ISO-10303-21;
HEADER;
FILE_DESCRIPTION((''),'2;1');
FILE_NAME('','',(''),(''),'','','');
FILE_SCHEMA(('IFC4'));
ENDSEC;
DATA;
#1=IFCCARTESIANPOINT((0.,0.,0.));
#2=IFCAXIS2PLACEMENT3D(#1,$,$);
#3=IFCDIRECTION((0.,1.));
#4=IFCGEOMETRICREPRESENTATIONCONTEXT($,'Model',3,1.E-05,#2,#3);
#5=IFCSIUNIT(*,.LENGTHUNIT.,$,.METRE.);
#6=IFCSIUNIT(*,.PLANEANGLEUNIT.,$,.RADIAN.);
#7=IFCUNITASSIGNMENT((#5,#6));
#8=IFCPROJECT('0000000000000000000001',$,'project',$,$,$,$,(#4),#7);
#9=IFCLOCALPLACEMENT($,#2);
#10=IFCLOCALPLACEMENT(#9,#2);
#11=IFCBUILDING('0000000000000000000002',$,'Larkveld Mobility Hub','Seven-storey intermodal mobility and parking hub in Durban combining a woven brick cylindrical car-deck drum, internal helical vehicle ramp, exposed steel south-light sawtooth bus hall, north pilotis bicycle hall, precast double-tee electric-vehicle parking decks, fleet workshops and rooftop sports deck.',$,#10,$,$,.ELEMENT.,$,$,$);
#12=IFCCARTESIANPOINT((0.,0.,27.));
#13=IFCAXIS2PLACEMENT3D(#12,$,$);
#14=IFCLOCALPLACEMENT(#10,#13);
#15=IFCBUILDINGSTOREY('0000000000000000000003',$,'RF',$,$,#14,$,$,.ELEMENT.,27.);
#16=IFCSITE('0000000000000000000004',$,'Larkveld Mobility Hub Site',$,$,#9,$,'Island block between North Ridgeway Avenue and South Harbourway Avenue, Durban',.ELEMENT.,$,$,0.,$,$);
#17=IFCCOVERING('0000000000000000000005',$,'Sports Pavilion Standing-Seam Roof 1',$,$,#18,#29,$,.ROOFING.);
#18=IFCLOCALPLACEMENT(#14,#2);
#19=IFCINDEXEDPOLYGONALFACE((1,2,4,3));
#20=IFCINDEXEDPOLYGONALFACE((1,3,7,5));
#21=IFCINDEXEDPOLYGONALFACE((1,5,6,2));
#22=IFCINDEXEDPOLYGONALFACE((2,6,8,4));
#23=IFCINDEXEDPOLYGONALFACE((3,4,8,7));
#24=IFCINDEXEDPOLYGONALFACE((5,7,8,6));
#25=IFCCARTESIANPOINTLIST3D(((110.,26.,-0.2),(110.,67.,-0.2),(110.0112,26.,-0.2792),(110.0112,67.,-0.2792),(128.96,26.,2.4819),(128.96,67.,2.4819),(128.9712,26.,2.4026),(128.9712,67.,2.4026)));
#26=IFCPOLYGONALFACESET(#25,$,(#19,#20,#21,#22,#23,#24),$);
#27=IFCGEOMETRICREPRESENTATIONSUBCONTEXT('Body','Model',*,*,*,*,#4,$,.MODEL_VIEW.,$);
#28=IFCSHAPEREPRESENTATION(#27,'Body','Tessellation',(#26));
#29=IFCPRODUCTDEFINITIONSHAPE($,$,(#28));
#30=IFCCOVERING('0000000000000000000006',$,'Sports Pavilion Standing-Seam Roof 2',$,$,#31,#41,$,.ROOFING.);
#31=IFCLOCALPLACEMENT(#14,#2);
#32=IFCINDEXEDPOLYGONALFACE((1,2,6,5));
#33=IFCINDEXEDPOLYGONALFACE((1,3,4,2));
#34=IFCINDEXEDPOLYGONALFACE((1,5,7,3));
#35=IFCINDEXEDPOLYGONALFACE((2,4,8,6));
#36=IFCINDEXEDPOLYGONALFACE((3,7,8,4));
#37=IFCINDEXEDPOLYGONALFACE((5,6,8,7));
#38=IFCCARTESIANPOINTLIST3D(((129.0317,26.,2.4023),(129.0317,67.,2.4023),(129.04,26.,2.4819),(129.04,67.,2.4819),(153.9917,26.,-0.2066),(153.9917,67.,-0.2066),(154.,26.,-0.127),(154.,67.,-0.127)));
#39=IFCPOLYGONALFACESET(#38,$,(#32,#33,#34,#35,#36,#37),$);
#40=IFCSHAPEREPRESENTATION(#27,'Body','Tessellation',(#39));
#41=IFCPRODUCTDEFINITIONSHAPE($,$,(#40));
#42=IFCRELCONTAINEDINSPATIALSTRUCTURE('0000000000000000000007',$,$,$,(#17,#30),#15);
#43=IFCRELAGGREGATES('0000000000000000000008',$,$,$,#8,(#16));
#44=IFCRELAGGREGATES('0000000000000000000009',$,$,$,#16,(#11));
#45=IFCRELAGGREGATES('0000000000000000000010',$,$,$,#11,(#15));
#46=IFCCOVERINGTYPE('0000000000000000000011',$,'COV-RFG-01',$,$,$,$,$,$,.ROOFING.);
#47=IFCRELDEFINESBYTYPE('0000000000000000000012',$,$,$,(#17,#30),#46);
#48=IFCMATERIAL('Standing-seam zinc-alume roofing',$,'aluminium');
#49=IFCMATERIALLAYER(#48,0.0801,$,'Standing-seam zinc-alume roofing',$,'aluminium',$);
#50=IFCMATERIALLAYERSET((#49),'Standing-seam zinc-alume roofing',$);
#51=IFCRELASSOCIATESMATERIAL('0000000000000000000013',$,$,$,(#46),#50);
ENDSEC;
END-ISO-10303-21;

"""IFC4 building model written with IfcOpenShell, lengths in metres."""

from ifc_helpers import new_model, si_unit, direction, frame, origin, place, context, subcontext, project, spatial, polyline, outline, extrude, material, layer, layer_set, type_object, element, save


model = new_model("IFC4")

# Units and contexts
model_context = context("Model", 3, precision=1e-05, world=origin(), true_north=direction((0.0, 1.0)))
body_context = subcontext(model_context, "Body", "Model", "MODEL_VIEW")
ifc_project = project(units=[si_unit("LENGTHUNIT", "METRE"), si_unit("PLANEANGLEUNIT", "RADIAN")], contexts=[model_context])

# Site, building, storey
site_placement = place(None, origin())
site = spatial("IfcSite", under=ifc_project, at=site_placement, Name="Larkveld Mobility Hub Site", LongName="Island block between North Ridgeway Avenue and South Harbourway Avenue, Durban", CompositionType="ELEMENT", RefElevation=0.0)
building_placement = place(site_placement, origin())
building = spatial("IfcBuilding", under=site, at=building_placement, Name="Larkveld Mobility Hub", Description="Seven-storey intermodal mobility and parking hub in Durban combining a woven brick cylindrical car-deck drum, internal helical vehicle ramp, exposed steel south-light sawtooth bus hall, north pilotis bicycle hall, precast double-tee electric-vehicle parking decks, fleet workshops and rooftop sports deck.", CompositionType="ELEMENT")
storey_placement = place(building_placement, frame((0.0, 0.0, 27.0)))
storey = spatial("IfcBuildingStorey", under=building, at=storey_placement, Name="RF", CompositionType="ELEMENT", Elevation=27.0)

# Coverings
ifc_material_1 = material(Name="Standing-seam zinc-alume roofing", Category="aluminium")
ifc_layer_1 = layer(ifc_material_1, 0.0801, Name="Standing-seam zinc-alume roofing", Category="aluminium")
ifc_layer_set_1 = layer_set([ifc_layer_1], Name="Standing-seam zinc-alume roofing")
covering_type = type_object("IfcCoveringType", Name="COV-RFG-01", PredefinedType="ROOFING", material=ifc_layer_set_1)
covering_1_placement = place(storey_placement, frame((110.0, 26.0, -0.2), z_axis=(-0.140056, 0.0, 0.990144), x_axis=(0.990144, 0.0, 0.140056)))
element("IfcCovering", 1, at=covering_1_placement, inside=storey, type_object=covering_type, Name="Sports Pavilion Standing-Seam Roof 1", PredefinedType="ROOFING", context=body_context, shape_type="SweptSolid", body=[
    extrude(outline(polyline([(0.0, 0.0), (19.1487, 0.0), (19.1487, 41.0), (0.0, 41.0), (0.0, 0.0)])), origin(), (0.0, 0.0, -1.0), 0.0801),
])
covering_2_placement = place(storey_placement, frame((129.04, 67.0, 2.4819), z_axis=(0.103957, 0.0, 0.994582), x_axis=(0.994582, 0.0, -0.103957)))
element("IfcCovering", 2, at=covering_2_placement, inside=storey, type_object=covering_type, Name="Sports Pavilion Standing-Seam Roof 2", PredefinedType="ROOFING", context=body_context, shape_type="SweptSolid", body=[
    extrude(outline(polyline([(0.0, 0.0), (25.0959, 0.0), (25.0959, -41.0), (0.0, -41.0), (0.0, 0.0)])), origin(), (0.0, 0.0, -1.0), 0.0801),
])

save(model, "model.ifc")
